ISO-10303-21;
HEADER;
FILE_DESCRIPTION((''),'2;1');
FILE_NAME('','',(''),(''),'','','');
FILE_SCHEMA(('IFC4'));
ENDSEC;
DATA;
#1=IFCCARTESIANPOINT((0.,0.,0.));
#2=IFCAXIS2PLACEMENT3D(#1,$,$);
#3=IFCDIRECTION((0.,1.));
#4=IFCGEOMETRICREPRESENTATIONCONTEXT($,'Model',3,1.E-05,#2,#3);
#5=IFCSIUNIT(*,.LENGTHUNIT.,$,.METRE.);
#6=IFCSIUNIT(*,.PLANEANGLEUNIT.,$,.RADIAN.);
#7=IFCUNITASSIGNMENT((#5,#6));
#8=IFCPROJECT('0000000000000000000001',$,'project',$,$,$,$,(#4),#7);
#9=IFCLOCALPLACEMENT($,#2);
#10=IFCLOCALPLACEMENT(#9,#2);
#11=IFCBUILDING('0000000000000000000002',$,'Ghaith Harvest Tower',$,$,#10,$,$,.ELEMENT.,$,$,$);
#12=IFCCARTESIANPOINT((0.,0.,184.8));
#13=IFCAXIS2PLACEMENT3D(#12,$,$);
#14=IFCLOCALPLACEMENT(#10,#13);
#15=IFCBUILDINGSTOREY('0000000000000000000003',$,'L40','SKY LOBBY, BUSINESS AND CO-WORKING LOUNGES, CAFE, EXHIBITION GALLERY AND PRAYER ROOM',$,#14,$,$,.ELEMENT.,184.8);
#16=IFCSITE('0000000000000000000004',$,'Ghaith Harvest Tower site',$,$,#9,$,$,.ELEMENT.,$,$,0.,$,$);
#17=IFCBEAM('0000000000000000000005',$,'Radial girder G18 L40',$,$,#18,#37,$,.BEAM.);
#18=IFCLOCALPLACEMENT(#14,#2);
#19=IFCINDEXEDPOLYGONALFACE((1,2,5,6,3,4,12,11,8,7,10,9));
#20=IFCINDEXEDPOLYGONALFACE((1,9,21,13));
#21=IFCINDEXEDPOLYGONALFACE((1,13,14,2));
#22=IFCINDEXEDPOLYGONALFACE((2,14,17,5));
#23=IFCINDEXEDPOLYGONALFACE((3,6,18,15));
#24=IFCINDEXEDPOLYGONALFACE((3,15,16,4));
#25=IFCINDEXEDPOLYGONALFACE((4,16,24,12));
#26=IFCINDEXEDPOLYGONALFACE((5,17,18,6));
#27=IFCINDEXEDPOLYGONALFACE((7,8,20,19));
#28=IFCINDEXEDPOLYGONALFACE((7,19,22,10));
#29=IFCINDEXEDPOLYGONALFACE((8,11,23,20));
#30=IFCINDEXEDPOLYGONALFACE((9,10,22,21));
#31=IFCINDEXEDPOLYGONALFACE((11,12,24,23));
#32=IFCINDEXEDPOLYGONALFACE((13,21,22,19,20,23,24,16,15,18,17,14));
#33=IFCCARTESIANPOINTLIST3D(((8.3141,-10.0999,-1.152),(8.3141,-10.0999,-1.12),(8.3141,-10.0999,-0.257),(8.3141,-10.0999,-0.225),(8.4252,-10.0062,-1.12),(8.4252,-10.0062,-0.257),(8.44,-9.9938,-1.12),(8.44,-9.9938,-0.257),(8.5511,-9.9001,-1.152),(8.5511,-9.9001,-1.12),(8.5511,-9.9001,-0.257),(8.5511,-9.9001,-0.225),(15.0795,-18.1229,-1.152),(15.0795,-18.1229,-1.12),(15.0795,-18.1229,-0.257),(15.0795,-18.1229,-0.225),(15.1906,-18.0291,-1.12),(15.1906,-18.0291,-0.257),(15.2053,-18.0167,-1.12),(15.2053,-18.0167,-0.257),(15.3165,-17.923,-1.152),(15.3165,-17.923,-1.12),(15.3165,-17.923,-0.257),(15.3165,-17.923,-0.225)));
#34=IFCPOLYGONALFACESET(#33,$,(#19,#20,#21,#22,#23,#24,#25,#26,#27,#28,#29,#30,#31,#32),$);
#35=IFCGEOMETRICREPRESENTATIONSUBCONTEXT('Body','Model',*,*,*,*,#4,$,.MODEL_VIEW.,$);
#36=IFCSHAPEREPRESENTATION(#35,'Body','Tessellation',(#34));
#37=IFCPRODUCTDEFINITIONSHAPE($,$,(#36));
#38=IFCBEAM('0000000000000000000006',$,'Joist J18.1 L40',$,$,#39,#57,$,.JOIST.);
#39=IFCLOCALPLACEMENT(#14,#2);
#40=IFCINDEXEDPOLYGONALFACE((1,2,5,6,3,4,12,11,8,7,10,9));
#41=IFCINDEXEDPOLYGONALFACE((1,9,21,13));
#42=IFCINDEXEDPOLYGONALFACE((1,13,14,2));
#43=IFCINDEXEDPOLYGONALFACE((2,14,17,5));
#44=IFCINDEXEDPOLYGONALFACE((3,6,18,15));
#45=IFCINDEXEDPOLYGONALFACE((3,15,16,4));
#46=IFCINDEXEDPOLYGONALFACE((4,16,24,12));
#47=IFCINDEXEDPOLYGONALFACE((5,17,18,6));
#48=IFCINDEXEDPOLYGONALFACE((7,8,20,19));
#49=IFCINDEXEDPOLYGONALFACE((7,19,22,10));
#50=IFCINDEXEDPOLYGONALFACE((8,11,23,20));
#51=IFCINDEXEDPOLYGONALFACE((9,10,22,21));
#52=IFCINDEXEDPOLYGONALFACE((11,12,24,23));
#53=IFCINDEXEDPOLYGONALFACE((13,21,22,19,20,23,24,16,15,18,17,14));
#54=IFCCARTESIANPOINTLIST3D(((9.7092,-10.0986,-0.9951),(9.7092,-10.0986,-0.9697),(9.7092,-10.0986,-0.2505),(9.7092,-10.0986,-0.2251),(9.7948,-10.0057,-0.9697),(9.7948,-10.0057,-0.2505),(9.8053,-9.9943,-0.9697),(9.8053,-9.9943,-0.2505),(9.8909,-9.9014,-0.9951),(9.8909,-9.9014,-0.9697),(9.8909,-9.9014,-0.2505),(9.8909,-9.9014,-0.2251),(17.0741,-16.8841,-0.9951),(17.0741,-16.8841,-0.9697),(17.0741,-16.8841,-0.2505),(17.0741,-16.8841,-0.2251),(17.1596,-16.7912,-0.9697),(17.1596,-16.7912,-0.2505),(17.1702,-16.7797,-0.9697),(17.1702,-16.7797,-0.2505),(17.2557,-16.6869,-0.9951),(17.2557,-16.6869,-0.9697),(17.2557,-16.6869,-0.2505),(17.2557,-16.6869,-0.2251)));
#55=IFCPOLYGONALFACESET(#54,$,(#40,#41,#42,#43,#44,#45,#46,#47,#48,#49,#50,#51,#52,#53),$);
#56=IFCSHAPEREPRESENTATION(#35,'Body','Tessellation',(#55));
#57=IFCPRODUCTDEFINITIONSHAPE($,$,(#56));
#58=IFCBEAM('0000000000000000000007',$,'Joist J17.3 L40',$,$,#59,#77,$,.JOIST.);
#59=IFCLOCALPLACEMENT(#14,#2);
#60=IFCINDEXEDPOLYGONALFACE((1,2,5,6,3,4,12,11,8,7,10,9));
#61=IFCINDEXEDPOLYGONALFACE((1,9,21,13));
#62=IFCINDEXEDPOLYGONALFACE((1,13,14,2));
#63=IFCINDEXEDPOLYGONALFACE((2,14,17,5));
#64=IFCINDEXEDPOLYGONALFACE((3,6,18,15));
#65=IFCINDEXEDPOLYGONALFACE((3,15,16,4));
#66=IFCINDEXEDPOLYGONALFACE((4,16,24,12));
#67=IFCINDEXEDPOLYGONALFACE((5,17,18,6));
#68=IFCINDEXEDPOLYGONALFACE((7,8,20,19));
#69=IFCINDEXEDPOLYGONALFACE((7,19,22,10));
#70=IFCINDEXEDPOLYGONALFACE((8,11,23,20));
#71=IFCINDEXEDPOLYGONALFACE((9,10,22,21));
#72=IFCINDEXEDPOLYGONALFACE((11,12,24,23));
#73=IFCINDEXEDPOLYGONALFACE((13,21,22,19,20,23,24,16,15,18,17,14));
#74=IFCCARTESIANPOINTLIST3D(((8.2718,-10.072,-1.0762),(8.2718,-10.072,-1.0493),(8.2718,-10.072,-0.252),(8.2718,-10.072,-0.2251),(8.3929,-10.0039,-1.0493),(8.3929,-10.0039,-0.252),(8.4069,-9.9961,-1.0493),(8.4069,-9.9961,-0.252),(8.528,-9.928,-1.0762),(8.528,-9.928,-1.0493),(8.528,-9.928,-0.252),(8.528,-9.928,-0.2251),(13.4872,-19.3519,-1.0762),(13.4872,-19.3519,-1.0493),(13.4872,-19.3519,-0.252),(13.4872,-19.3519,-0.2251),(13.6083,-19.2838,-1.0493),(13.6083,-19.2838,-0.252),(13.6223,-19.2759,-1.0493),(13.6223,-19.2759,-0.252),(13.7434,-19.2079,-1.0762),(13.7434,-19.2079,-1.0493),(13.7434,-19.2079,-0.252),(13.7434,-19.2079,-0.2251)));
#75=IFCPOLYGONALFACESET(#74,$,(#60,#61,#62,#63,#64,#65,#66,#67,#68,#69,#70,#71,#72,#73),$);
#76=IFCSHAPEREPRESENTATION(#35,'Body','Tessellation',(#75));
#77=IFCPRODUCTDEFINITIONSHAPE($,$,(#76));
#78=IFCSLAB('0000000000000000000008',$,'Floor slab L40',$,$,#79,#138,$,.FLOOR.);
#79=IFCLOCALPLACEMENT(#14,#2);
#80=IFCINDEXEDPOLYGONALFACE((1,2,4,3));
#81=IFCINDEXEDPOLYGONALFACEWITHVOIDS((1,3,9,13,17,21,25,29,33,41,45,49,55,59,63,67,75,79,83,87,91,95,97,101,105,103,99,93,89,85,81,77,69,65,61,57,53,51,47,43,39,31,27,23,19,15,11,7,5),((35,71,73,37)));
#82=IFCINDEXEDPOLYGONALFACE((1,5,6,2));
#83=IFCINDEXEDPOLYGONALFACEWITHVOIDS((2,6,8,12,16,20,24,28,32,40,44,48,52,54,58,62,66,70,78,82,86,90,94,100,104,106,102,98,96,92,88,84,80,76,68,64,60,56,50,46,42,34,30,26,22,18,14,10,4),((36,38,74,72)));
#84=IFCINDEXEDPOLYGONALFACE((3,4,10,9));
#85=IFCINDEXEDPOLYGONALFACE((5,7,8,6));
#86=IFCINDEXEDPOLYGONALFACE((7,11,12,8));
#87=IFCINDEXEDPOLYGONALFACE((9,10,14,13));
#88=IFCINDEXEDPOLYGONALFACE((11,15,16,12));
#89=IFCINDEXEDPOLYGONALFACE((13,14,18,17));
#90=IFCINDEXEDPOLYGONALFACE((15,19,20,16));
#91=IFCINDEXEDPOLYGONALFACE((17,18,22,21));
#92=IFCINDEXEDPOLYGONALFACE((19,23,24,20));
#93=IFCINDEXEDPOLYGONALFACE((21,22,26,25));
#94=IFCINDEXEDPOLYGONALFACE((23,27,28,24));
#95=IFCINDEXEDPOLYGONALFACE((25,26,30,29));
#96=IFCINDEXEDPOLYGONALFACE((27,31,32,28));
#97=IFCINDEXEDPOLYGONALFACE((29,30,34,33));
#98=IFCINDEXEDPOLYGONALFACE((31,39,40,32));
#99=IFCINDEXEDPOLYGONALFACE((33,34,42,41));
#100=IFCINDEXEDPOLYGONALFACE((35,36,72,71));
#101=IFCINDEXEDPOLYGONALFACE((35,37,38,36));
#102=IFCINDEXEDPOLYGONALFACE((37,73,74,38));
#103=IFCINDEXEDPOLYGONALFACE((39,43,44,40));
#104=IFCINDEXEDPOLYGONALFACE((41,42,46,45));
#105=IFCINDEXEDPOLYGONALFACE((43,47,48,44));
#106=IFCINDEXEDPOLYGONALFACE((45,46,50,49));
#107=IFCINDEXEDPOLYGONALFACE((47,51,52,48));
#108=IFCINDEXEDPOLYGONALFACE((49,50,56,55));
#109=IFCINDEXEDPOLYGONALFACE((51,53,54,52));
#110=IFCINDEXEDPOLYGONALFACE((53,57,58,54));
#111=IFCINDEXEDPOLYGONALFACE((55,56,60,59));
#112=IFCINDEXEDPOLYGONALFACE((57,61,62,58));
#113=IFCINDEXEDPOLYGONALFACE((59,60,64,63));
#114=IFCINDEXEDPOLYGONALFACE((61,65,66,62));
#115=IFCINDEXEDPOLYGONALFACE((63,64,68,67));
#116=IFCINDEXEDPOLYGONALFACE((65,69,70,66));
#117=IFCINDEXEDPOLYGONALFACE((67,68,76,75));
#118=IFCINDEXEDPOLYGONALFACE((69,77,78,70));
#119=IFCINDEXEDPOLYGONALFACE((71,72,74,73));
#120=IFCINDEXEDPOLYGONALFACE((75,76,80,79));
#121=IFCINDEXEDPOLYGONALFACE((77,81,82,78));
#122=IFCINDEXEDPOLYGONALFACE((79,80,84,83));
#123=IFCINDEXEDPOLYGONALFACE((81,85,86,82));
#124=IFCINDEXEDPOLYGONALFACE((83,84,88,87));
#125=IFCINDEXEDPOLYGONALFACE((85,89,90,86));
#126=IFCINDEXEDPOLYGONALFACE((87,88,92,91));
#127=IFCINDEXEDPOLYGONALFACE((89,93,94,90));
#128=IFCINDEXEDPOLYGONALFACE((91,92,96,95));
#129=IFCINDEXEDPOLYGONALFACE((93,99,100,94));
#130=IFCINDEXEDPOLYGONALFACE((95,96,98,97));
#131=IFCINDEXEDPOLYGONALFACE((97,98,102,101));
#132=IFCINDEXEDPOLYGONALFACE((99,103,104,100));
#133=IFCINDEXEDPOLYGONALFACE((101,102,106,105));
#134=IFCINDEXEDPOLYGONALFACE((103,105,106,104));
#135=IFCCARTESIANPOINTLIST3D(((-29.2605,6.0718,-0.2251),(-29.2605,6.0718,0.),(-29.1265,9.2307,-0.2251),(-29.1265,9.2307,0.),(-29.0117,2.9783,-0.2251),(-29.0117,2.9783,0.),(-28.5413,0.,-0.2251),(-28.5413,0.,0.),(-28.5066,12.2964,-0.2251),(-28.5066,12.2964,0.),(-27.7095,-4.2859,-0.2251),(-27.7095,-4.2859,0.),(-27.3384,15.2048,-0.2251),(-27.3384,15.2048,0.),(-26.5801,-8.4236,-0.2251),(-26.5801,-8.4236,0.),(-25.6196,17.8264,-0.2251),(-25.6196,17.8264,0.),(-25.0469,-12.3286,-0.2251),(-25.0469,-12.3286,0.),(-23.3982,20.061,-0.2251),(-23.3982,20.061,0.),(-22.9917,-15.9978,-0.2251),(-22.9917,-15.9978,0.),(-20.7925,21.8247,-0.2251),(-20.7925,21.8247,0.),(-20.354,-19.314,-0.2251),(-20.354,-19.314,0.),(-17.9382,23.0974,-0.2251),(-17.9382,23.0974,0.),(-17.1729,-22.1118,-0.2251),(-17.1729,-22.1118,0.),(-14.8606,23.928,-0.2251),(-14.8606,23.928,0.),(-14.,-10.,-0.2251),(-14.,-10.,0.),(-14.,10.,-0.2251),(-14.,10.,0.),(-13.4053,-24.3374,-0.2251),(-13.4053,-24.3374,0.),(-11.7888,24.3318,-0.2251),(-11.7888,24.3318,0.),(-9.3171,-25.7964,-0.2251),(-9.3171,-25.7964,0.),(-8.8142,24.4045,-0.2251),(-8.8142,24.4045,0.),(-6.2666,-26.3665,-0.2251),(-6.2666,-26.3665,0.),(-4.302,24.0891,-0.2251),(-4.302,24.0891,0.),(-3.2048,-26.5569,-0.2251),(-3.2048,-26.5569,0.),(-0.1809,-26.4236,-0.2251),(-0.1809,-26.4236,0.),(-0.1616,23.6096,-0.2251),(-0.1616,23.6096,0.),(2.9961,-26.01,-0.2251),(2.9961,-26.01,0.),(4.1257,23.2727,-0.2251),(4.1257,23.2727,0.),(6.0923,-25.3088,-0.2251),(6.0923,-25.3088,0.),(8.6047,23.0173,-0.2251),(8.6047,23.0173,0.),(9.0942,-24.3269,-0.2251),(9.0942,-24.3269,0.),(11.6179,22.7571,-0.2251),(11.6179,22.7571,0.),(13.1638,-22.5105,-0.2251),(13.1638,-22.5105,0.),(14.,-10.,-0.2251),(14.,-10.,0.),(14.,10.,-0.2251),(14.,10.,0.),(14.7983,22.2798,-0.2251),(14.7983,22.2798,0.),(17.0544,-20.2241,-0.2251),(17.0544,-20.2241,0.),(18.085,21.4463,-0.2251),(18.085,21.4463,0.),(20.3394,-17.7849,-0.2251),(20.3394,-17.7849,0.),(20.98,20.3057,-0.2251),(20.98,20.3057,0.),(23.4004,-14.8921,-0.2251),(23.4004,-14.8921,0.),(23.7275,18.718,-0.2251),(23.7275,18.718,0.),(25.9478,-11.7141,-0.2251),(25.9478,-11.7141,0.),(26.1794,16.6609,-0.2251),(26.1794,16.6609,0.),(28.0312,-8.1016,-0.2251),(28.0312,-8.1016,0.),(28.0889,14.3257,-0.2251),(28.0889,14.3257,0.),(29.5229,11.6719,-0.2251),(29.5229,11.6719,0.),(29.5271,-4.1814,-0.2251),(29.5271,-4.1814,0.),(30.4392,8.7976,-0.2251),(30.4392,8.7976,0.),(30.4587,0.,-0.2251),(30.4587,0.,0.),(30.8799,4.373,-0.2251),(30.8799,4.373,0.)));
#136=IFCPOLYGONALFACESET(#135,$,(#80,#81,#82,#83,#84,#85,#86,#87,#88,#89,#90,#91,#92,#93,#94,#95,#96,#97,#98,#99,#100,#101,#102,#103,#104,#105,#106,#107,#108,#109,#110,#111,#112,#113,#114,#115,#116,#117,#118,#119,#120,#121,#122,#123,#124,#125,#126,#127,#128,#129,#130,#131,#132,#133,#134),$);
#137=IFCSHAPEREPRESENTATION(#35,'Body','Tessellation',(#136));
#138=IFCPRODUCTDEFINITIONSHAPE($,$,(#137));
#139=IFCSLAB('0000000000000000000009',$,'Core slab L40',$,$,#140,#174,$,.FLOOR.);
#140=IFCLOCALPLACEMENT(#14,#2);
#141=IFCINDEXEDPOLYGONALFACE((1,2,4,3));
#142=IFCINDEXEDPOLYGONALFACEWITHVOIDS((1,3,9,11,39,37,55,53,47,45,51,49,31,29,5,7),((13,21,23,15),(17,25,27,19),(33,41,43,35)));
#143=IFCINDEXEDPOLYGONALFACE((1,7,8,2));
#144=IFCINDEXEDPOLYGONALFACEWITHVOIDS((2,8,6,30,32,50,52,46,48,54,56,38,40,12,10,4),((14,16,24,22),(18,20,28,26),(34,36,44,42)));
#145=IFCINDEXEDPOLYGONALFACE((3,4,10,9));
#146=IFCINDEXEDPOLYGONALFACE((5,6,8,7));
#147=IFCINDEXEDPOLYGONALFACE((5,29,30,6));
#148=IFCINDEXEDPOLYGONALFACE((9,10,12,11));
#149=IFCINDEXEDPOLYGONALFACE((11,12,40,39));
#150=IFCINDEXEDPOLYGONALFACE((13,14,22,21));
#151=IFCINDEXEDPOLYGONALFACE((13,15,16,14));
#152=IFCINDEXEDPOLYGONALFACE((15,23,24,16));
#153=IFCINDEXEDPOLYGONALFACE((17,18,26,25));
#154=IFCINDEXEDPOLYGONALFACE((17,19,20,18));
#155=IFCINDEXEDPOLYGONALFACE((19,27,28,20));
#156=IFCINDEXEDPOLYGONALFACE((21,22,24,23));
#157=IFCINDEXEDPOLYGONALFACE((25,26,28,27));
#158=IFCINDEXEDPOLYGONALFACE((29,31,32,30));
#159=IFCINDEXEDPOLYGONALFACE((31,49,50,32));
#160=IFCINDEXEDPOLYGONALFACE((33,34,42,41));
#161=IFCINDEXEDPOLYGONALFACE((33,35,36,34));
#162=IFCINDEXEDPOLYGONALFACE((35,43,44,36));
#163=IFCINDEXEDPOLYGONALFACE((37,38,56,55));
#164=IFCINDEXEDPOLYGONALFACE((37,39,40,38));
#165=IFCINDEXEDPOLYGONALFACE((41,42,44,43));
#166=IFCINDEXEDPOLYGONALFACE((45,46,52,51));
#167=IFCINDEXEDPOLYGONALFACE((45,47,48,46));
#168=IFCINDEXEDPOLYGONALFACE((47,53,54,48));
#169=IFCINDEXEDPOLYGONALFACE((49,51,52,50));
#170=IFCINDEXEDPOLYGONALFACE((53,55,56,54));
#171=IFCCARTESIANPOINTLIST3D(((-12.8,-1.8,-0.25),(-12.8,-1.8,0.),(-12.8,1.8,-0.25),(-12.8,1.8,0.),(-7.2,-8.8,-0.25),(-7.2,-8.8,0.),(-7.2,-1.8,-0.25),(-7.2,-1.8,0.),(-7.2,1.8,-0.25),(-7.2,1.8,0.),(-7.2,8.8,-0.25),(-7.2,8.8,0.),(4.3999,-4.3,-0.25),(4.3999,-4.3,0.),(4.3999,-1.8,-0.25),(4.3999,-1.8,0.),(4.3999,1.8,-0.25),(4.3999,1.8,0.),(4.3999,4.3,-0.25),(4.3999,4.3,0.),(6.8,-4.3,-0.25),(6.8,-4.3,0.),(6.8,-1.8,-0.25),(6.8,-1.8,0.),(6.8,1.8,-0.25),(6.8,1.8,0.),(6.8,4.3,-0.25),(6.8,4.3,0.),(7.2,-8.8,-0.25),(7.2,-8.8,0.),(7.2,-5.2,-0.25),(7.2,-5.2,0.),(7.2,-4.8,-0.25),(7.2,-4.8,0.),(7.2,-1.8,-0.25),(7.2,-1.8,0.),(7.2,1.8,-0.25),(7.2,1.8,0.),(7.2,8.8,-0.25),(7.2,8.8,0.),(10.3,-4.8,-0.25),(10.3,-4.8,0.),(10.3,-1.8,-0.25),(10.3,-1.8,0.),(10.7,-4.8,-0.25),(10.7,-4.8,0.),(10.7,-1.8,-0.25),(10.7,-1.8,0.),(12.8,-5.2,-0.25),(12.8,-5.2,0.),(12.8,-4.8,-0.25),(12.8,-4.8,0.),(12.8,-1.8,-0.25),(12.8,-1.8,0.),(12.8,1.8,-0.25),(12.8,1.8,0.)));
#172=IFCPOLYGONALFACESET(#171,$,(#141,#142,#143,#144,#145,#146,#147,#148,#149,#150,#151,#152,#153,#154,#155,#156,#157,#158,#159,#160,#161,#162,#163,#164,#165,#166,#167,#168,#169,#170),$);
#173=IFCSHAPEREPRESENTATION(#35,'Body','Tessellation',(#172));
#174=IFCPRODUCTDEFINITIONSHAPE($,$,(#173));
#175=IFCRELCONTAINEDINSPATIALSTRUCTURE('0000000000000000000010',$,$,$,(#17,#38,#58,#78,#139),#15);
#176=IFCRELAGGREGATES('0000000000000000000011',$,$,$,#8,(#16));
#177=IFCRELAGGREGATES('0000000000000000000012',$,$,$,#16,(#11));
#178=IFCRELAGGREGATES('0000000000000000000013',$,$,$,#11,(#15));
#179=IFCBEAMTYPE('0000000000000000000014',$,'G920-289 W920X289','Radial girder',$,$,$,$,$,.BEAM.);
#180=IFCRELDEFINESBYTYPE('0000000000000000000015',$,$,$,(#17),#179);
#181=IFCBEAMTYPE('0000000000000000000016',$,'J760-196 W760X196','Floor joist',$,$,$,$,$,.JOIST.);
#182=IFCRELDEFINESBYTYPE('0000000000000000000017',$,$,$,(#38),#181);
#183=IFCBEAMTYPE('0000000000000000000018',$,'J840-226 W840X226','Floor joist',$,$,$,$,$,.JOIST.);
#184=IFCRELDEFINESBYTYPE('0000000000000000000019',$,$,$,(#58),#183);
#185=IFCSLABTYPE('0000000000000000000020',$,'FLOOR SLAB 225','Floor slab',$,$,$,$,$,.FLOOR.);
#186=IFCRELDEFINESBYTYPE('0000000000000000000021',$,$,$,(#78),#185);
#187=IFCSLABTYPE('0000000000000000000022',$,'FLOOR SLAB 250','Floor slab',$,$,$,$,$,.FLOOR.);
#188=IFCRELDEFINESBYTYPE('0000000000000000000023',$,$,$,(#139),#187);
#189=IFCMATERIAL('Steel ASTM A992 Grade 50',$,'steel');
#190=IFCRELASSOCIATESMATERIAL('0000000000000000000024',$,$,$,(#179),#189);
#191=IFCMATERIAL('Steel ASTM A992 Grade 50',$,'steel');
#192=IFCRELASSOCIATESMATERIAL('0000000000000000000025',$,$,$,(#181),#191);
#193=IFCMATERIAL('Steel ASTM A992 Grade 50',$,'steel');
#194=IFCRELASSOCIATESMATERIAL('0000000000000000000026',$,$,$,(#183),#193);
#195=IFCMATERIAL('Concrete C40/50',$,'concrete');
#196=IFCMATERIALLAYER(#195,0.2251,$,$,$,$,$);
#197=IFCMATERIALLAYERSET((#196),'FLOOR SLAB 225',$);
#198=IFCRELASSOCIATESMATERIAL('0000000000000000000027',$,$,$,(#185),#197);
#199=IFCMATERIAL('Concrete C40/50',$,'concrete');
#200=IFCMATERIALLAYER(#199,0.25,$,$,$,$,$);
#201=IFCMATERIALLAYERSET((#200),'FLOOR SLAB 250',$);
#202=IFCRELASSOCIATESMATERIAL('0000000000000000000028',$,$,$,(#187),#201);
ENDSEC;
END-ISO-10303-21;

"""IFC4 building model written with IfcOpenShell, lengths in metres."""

from ifc_helpers import new_model, si_unit, direction, frame, origin, origin_2d, place, context, subcontext, project, spatial, polyline, i_section, outline, extrude, material, layer, layer_set, material_profile, profile_set, type_object, element, save


model = new_model("IFC4")

# Units and contexts
model_context = context("Model", 3, precision=1e-05, world=origin(), true_north=direction((0.0, 1.0)))
body_context = subcontext(model_context, "Body", "Model", "MODEL_VIEW")
ifc_project = project(units=[si_unit("LENGTHUNIT", "METRE"), si_unit("PLANEANGLEUNIT", "RADIAN")], contexts=[model_context])

# Site, building, storey
site_placement = place(None, origin())
site = spatial("IfcSite", under=ifc_project, at=site_placement, Name="Ghaith Harvest Tower site", CompositionType="ELEMENT", RefElevation=0.0)
building_placement = place(site_placement, origin())
building = spatial("IfcBuilding", under=site, at=building_placement, Name="Ghaith Harvest Tower", CompositionType="ELEMENT")
storey_placement = place(building_placement, frame((0.0, 0.0, 184.8)))
storey = spatial("IfcBuildingStorey", under=building, at=storey_placement, Name="L40", Description="SKY LOBBY, BUSINESS AND CO-WORKING LOUNGES, CAFE, EXHIBITION GALLERY AND PRAYER ROOM", CompositionType="ELEMENT", Elevation=184.8)

# Beams
ifc_material_1 = material(Name="Steel ASTM A992 Grade 50", Category="steel")
ifc_material_profile_1 = material_profile(ifc_material_1, i_section(OverallWidth=0.3101, OverallDepth=0.927, WebThickness=0.0193, FlangeThickness=0.032, at=origin_2d()), Name="W920X289")
ifc_profile_set_1 = profile_set([ifc_material_profile_1], Name="Steel ASTM A992 Grade 50")
beam_type_1 = type_object("IfcBeamType", Name="G920-289 W920X289", Description="Radial girder", PredefinedType="BEAM", material=ifc_profile_set_1)
beam_1_placement = place(storey_placement, frame((8.4326, -10.0, -0.6885), z_axis=(0.644649, -0.764478, 0.0), x_axis=(0.764478, 0.644649, 0.0)))
element("IfcBeam", 1, at=beam_1_placement, inside=storey, type_object=beam_type_1, Name="Radial girder G18 L40", PredefinedType="BEAM", context=body_context, shape_type="SweptSolid", body=[
    extrude(i_section(OverallWidth=0.3101, OverallDepth=0.927, WebThickness=0.0193, FlangeThickness=0.032, at=origin_2d()), origin(), (0.0, 0.0, 1.0), 10.4946),
])
ifc_material_2 = material(Name="Steel ASTM A992 Grade 50", Category="steel")
ifc_material_profile_2 = material_profile(ifc_material_2, i_section(OverallWidth=0.2681, OverallDepth=0.77, WebThickness=0.0156, FlangeThickness=0.0254, at=origin_2d()), Name="W760X196")
ifc_profile_set_2 = profile_set([ifc_material_profile_2], Name="Steel ASTM A992 Grade 50")
beam_type_2 = type_object("IfcBeamType", Name="J760-196 W760X196", Description="Floor joist", PredefinedType="JOIST", material=ifc_profile_set_2)
beam_2_placement = place(storey_placement, frame((9.8, -10.0, -0.6101), z_axis=(0.735442, -0.677588, 0.0), x_axis=(0.677588, 0.735442, 0.0)))
element("IfcBeam", 2, at=beam_2_placement, inside=storey, type_object=beam_type_2, Name="Joist J18.1 L40", PredefinedType="JOIST", context=body_context, shape_type="SweptSolid", body=[
    extrude(i_section(OverallWidth=0.2681, OverallDepth=0.77, WebThickness=0.0156, FlangeThickness=0.0254, at=origin_2d()), origin(), (0.0, 0.0, 1.0), 10.0142),
])
ifc_material_3 = material(Name="Steel ASTM A992 Grade 50", Category="steel")
ifc_material_profile_3 = material_profile(ifc_material_3, i_section(OverallWidth=0.2939, OverallDepth=0.8511, WebThickness=0.0161, FlangeThickness=0.0269, at=origin_2d()), Name="W840X226")
ifc_profile_set_3 = profile_set([ifc_material_profile_3], Name="Steel ASTM A992 Grade 50")
beam_type_3 = type_object("IfcBeamType", Name="J840-226 W840X226", Description="Floor joist", PredefinedType="JOIST", material=ifc_profile_set_3)
beam_3_placement = place(storey_placement, frame((8.3999, -10.0, -0.6506), z_axis=(0.489937, -0.871758, 0.0), x_axis=(0.871758, 0.489937, 0.0)))
element("IfcBeam", 3, at=beam_3_placement, inside=storey, type_object=beam_type_3, Name="Joist J17.3 L40", PredefinedType="JOIST", context=body_context, shape_type="SweptSolid", body=[
    extrude(i_section(OverallWidth=0.2939, OverallDepth=0.8511, WebThickness=0.0161, FlangeThickness=0.0269, at=origin_2d()), origin(), (0.0, 0.0, 1.0), 10.645),
])

# Slabs
ifc_material_4 = material(Name="Concrete C40/50", Category="concrete")
ifc_layer_1 = layer(ifc_material_4, 0.2251)
ifc_layer_set_1 = layer_set([ifc_layer_1], Name="FLOOR SLAB 225")
slab_type_1 = type_object("IfcSlabType", Name="FLOOR SLAB 225", Description="Floor slab", PredefinedType="FLOOR", material=ifc_layer_set_1)
slab_1_placement = place(storey_placement, frame((0.0, 0.0, -0.2251)))
element("IfcSlab", 4, at=slab_1_placement, inside=storey, type_object=slab_type_1, Name="Floor slab L40", PredefinedType="FLOOR", context=body_context, shape_type="SweptSolid", body=[
    extrude(outline(polyline([(30.4587, 0.0), (30.8799, 4.373), (30.4392, 8.7976), (29.5229, 11.6719), (28.0889, 14.3257), (26.1794, 16.6609), (23.7275, 18.718), (20.98, 20.3057), (18.085, 21.4463), (14.7983, 22.2798), (11.6179, 22.7571), (8.6047, 23.0173), (4.1257, 23.2727), (-0.1616, 23.6096), (-4.302, 24.0891), (-8.8142, 24.4045), (-11.7888, 24.3318), (-14.8606, 23.928), (-17.9382, 23.0974), (-20.7925, 21.8247), (-23.3982, 20.061), (-25.6196, 17.8264), (-27.3384, 15.2048), (-28.5066, 12.2964), (-29.1265, 9.2307), (-29.2605, 6.0718), (-29.0117, 2.9783), (-28.5413, 0.0), (-27.7095, -4.2859), (-26.5801, -8.4236), (-25.0469, -12.3286), (-22.9917, -15.9978), (-20.354, -19.314), (-17.1729, -22.1118), (-13.4053, -24.3374), (-9.3171, -25.7964), (-6.2666, -26.3665), (-3.2048, -26.5569), (-0.1809, -26.4236), (2.9961, -26.01), (6.0923, -25.3088), (9.0942, -24.3269), (13.1638, -22.5105), (17.0544, -20.2241), (20.3394, -17.7849), (23.4004, -14.8921), (25.9478, -11.7141), (28.0312, -8.1016), (29.5271, -4.1814), (30.4587, 0.0)]), holes=[polyline([(-14.0, -10.0), (14.0, -10.0), (14.0, 10.0), (-14.0, 10.0), (-14.0, -10.0)])]), origin(), (0.0, 0.0, 1.0), 0.2251),
])
ifc_material_5 = material(Name="Concrete C40/50", Category="concrete")
ifc_layer_2 = layer(ifc_material_5, 0.25)
ifc_layer_set_2 = layer_set([ifc_layer_2], Name="FLOOR SLAB 250")
slab_type_2 = type_object("IfcSlabType", Name="FLOOR SLAB 250", Description="Floor slab", PredefinedType="FLOOR", material=ifc_layer_set_2)
slab_2_placement = place(storey_placement, frame((0.0, 0.0, -0.25)))
element("IfcSlab", 5, at=slab_2_placement, inside=storey, type_object=slab_type_2, Name="Core slab L40", PredefinedType="FLOOR", context=body_context, shape_type="SweptSolid", body=[
    extrude(outline(polyline([(-12.8, 1.8), (-7.2, 1.8), (-7.2, 8.8), (7.2, 8.8), (7.2, 1.8), (12.8, 1.8), (12.8, -1.8), (10.7, -1.8), (10.7, -4.8), (12.8, -4.8), (12.8, -5.2), (7.2, -5.2), (7.2, -8.8), (-7.2, -8.8), (-7.2, -1.8), (-12.8, -1.8), (-12.8, 1.8)]), holes=[polyline([(10.3, -1.8), (7.2, -1.8), (7.2, -4.8), (10.3, -4.8), (10.3, -1.8)]), polyline([(6.8, -1.8), (4.3999, -1.8), (4.3999, -4.3), (6.8, -4.3), (6.8, -1.8)]), polyline([(6.8, 4.3), (4.3999, 4.3), (4.3999, 1.8), (6.8, 1.8), (6.8, 4.3)])]), origin(), (0.0, 0.0, 1.0), 0.25),
])

save(model, "model.ifc")
